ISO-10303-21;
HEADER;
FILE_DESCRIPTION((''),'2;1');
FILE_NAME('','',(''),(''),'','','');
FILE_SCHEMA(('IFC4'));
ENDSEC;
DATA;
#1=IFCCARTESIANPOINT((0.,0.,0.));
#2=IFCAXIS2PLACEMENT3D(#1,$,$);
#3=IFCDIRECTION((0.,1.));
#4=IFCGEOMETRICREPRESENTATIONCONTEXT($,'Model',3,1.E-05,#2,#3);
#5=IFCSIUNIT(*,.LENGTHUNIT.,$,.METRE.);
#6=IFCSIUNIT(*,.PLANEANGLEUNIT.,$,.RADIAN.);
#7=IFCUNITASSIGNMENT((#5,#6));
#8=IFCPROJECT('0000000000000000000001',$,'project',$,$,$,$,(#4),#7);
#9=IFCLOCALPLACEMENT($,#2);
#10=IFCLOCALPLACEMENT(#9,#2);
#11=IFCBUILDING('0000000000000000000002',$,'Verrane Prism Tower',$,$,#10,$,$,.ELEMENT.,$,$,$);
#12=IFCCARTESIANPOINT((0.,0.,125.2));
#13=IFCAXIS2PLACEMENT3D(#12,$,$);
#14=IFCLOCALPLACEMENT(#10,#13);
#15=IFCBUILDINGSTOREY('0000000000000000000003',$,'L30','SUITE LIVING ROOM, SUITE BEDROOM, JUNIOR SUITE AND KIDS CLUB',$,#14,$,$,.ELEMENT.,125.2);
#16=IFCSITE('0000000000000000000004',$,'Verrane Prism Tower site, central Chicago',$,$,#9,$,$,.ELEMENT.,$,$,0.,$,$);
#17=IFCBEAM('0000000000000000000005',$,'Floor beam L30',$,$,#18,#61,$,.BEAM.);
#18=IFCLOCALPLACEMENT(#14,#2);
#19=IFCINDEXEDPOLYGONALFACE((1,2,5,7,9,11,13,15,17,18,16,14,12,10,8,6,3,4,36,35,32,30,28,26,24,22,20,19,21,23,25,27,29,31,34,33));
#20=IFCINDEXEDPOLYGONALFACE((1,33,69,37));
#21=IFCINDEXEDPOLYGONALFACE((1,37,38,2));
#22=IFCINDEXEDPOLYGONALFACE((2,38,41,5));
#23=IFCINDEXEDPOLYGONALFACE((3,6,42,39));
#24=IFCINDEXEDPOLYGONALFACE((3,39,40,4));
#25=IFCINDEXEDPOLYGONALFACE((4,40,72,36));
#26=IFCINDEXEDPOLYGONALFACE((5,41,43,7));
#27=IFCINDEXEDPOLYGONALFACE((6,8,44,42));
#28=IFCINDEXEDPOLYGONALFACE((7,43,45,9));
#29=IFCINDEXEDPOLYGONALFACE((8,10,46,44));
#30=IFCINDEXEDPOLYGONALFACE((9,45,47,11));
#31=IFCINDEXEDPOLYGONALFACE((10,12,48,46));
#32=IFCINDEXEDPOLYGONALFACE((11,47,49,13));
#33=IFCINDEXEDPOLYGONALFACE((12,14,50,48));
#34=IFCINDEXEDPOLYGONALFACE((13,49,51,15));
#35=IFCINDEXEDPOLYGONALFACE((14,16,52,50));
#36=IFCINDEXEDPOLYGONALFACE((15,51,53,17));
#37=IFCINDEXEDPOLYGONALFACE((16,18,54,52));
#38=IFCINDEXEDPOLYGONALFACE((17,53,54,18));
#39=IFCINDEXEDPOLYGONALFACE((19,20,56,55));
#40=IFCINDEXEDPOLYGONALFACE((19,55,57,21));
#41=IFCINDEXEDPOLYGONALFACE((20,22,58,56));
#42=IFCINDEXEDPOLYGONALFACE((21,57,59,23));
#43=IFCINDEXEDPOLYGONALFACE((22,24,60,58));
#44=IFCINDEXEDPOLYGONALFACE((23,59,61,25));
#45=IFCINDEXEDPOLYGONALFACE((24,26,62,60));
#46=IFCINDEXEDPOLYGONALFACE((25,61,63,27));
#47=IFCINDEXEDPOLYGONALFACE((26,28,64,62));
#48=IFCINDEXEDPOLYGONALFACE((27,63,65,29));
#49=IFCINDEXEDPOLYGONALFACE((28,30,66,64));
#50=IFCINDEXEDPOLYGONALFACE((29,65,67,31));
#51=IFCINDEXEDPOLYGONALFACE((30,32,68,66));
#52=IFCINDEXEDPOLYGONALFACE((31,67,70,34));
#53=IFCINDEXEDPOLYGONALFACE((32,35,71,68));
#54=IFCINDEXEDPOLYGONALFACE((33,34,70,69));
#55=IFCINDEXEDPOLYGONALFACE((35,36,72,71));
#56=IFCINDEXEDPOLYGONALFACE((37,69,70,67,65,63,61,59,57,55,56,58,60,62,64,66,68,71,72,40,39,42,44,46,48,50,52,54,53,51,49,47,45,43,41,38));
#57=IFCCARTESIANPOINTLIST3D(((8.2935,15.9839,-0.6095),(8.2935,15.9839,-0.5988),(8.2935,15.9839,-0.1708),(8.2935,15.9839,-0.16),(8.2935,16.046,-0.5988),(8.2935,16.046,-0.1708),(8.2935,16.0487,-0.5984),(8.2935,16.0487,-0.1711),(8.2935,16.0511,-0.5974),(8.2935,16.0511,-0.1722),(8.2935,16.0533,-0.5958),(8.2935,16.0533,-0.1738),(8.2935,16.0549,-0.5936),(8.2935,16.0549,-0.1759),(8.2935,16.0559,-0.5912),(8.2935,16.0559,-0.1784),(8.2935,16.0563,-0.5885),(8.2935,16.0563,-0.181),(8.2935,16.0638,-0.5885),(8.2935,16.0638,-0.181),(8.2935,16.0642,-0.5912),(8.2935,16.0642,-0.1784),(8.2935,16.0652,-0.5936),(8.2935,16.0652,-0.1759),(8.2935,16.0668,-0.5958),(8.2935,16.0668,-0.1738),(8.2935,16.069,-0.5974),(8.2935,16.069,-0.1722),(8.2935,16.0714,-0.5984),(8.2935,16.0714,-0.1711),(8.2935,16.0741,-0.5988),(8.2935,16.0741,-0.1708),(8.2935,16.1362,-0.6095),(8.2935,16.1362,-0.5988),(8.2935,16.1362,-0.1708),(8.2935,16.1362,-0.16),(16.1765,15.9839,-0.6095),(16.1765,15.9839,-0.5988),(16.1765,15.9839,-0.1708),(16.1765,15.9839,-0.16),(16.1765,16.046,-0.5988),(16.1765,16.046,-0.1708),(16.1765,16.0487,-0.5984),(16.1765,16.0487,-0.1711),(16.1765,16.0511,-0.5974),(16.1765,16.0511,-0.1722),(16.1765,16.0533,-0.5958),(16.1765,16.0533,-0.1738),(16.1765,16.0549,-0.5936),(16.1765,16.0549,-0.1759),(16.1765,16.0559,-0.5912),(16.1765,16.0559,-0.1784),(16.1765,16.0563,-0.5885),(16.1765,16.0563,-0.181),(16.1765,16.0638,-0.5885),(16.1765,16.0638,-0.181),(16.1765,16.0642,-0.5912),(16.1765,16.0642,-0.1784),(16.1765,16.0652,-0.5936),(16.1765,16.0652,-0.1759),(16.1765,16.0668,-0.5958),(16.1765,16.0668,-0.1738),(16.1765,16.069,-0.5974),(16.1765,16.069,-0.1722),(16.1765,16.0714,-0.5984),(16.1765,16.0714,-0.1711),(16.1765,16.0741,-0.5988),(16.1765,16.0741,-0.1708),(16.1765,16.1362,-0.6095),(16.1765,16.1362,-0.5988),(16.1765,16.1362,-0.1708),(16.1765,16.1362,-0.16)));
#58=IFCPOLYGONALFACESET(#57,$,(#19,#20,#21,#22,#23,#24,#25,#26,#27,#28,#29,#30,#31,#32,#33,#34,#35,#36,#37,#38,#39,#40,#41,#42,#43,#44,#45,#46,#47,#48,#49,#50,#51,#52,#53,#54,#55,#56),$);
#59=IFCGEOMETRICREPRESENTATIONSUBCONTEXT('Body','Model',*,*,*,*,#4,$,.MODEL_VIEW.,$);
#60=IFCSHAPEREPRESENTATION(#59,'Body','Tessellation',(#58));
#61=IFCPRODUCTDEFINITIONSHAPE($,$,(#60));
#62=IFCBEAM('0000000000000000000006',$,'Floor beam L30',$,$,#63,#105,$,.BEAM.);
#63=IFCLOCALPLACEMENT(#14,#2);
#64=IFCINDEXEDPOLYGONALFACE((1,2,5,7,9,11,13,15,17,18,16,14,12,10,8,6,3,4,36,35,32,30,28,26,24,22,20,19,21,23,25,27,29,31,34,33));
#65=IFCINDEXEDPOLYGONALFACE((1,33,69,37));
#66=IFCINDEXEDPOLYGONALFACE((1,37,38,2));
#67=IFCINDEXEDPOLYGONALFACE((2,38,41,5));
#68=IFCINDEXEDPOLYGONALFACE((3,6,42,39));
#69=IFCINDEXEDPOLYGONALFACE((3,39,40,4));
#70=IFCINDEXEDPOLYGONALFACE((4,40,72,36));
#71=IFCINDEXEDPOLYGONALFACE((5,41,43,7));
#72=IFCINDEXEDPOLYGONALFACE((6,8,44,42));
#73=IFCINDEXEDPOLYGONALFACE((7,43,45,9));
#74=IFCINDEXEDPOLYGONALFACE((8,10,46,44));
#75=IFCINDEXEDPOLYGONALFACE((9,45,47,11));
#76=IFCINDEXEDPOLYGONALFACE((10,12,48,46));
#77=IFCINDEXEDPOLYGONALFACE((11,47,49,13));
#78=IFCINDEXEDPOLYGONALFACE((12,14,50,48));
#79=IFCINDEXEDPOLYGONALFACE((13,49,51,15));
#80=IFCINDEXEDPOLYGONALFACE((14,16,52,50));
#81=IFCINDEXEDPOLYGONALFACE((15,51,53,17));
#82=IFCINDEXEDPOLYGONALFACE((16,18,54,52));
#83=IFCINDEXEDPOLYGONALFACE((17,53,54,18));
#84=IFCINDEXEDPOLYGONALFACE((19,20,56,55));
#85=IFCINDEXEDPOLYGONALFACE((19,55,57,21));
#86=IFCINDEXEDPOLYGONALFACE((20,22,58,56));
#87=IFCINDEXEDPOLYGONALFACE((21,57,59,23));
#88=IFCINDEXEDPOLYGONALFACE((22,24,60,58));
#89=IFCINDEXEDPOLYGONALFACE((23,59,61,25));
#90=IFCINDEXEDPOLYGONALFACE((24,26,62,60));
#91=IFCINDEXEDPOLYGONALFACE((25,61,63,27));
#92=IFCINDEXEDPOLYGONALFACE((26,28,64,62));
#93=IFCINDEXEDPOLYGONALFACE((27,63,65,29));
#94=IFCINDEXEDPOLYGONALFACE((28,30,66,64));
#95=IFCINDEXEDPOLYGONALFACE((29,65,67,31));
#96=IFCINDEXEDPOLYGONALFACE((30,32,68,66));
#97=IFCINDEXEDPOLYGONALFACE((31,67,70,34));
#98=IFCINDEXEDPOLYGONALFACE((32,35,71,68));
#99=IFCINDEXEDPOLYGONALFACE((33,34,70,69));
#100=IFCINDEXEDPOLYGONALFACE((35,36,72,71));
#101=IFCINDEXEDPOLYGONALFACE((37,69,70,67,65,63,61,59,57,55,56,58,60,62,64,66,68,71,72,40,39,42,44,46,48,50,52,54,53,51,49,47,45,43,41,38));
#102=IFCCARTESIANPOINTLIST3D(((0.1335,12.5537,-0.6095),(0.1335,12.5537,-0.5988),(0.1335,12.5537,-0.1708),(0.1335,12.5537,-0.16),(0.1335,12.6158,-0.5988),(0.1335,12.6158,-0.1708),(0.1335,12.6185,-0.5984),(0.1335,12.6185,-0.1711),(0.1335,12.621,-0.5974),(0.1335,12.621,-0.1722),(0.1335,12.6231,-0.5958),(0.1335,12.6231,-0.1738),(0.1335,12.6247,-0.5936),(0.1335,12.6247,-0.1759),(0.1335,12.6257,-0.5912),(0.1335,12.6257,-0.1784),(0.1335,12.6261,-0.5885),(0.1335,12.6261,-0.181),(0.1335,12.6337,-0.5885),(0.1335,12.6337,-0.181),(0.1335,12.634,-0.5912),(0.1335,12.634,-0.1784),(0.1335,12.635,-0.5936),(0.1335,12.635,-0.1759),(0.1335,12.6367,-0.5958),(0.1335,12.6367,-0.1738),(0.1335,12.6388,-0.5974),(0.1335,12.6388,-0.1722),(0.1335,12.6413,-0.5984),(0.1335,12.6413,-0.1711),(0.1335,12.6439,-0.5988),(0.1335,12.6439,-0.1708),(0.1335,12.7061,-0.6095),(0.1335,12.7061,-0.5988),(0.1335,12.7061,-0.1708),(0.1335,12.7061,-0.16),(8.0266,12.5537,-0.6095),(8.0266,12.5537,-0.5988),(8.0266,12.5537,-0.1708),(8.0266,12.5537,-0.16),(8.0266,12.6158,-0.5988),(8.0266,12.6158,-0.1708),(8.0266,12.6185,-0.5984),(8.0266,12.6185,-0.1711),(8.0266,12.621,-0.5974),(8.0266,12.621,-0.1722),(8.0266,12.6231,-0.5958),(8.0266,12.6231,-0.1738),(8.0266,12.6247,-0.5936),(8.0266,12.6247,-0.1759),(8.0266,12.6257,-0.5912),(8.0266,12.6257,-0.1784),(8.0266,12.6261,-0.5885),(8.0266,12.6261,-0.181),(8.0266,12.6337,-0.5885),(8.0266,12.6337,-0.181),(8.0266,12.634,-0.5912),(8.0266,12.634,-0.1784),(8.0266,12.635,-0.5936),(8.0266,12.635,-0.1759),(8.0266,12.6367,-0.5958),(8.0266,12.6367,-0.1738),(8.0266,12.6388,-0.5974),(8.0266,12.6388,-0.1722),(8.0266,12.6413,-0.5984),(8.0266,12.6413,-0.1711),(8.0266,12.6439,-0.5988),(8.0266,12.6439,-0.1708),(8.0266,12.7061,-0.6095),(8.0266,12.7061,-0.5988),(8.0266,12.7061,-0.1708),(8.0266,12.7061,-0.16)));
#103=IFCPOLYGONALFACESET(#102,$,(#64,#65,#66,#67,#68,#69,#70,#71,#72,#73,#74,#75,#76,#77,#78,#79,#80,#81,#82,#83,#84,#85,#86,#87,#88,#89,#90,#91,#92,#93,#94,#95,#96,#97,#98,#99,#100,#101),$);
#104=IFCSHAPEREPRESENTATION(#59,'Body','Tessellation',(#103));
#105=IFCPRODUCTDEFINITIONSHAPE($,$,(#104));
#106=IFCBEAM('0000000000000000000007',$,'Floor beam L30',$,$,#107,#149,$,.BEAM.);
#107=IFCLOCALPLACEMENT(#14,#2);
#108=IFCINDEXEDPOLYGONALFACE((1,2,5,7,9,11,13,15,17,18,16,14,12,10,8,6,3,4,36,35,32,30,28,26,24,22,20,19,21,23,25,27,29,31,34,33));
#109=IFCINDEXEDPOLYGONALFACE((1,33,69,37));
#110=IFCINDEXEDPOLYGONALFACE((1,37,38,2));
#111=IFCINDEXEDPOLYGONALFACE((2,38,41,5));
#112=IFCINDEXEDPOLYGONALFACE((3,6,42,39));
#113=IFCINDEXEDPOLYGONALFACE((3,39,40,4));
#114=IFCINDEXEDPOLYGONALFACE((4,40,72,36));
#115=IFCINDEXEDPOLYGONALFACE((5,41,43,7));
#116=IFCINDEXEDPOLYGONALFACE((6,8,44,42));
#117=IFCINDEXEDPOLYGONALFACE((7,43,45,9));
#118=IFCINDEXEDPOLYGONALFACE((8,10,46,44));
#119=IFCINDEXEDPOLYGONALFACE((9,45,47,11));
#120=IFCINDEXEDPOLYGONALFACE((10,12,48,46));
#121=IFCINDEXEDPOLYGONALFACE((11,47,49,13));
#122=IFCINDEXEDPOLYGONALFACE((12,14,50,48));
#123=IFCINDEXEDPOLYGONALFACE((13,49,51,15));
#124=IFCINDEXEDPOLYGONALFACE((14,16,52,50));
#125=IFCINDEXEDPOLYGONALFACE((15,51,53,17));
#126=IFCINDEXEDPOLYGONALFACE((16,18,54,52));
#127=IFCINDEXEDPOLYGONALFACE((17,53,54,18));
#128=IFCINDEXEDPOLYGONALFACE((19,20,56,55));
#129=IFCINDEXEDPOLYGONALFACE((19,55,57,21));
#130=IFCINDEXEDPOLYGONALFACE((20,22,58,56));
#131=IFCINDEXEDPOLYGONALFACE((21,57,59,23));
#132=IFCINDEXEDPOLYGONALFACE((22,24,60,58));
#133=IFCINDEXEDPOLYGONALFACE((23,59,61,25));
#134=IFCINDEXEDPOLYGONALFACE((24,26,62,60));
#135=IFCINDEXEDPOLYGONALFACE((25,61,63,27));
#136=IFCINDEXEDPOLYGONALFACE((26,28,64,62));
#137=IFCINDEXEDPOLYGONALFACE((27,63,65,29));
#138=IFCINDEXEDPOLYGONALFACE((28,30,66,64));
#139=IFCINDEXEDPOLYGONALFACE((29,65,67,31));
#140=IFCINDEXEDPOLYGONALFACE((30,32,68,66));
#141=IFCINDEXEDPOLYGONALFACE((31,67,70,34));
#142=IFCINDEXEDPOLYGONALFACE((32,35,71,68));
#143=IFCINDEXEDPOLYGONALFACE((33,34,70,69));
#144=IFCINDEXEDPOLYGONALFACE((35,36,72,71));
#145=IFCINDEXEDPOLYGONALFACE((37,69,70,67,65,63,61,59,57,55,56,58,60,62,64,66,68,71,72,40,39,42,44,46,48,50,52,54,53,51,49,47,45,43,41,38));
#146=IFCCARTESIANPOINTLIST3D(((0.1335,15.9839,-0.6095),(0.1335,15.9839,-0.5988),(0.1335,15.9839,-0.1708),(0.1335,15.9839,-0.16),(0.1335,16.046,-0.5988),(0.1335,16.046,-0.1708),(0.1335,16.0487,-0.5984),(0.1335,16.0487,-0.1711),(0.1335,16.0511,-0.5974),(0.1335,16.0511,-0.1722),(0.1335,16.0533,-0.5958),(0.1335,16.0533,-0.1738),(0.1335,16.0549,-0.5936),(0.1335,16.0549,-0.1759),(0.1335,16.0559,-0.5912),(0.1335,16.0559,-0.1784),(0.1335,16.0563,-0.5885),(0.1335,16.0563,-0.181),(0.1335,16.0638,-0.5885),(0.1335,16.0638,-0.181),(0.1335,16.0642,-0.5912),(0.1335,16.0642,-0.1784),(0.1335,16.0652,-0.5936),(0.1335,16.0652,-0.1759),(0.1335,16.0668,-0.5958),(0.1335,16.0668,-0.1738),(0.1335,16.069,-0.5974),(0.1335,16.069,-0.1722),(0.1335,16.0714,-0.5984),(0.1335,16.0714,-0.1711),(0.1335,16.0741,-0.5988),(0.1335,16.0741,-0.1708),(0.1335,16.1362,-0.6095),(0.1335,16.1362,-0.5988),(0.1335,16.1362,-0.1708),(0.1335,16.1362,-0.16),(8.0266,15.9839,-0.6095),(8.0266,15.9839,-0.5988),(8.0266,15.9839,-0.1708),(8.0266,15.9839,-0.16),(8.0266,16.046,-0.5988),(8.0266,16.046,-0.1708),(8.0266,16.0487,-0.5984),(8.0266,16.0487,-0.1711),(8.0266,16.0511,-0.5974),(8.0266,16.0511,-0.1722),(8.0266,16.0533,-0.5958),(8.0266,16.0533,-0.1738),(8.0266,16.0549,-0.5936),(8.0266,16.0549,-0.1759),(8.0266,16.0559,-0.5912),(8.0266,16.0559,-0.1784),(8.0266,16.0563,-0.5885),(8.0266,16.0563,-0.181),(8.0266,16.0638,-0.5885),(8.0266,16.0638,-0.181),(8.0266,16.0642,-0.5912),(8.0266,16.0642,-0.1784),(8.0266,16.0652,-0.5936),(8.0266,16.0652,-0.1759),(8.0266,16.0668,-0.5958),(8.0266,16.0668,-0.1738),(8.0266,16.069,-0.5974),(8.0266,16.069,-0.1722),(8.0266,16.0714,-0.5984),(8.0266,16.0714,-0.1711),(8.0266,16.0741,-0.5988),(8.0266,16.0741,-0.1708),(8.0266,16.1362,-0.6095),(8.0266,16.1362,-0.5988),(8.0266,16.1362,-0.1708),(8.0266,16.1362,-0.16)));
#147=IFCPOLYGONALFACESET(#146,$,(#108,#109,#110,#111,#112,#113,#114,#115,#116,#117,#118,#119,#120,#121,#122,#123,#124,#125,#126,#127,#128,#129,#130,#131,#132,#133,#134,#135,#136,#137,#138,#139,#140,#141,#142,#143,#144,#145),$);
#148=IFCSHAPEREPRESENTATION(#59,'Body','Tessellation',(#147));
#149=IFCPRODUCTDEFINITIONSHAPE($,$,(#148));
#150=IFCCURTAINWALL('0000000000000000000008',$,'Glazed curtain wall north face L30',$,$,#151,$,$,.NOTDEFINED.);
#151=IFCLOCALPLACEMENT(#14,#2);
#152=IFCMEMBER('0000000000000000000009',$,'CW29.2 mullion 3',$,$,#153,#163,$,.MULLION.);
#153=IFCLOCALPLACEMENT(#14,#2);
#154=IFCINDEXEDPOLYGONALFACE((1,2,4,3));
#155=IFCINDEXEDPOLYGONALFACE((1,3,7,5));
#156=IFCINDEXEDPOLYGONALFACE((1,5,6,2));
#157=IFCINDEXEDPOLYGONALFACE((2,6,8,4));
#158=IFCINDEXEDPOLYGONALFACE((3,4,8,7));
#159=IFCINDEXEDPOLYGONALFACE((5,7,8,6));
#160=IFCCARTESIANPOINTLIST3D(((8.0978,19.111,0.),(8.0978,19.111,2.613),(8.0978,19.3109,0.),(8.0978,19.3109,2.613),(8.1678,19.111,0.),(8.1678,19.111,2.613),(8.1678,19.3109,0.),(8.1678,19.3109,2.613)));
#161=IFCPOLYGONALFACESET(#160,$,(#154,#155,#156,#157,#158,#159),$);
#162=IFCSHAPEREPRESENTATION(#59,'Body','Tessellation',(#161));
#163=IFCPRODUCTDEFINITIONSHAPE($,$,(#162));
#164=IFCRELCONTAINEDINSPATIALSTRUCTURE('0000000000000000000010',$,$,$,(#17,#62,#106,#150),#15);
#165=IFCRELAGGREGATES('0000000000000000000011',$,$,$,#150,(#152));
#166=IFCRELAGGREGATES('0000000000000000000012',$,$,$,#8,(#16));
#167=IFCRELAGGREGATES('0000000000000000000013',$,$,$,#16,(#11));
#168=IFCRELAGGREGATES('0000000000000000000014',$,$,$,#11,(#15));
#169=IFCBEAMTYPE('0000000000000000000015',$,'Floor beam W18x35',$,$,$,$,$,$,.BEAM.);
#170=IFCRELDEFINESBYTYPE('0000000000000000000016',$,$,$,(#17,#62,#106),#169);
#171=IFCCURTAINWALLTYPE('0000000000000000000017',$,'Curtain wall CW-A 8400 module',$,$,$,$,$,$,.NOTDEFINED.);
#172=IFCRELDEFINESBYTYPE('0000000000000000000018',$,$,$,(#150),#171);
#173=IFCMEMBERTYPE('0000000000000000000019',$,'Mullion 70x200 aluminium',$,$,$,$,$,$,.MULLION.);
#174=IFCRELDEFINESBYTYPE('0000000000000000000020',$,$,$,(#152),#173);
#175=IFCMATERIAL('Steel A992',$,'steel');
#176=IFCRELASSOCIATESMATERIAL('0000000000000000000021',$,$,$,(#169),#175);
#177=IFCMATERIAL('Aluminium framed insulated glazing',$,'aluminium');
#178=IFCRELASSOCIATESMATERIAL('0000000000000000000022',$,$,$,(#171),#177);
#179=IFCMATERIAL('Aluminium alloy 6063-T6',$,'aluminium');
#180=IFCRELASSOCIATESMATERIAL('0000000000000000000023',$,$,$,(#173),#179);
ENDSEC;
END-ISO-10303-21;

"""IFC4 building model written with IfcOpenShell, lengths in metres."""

from ifc_helpers import new_model, si_unit, direction, frame, origin, origin_2d, place, context, subcontext, project, spatial, rectangle, i_section, extrude, material, material_profile, profile_set, type_object, element, aggregate, save


model = new_model("IFC4")

# Units and contexts
model_context = context("Model", 3, precision=1e-05, world=origin(), true_north=direction((0.0, 1.0)))
body_context = subcontext(model_context, "Body", "Model", "MODEL_VIEW")
ifc_project = project(units=[si_unit("LENGTHUNIT", "METRE"), si_unit("PLANEANGLEUNIT", "RADIAN")], contexts=[model_context])

# Site, building, storey
site_placement = place(None, origin())
site = spatial("IfcSite", under=ifc_project, at=site_placement, Name="Verrane Prism Tower site, central Chicago", CompositionType="ELEMENT", RefElevation=0.0)
building_placement = place(site_placement, origin())
building = spatial("IfcBuilding", under=site, at=building_placement, Name="Verrane Prism Tower", CompositionType="ELEMENT")
storey_placement = place(building_placement, frame((0.0, 0.0, 125.2)))
storey = spatial("IfcBuildingStorey", under=building, at=storey_placement, Name="L30", Description="SUITE LIVING ROOM, SUITE BEDROOM, JUNIOR SUITE AND KIDS CLUB", CompositionType="ELEMENT", Elevation=125.2)

# Beams
ifc_material_1 = material(Name="Steel A992", Category="steel")
ifc_material_profile_1 = material_profile(ifc_material_1, i_section(OverallWidth=0.1523, OverallDepth=0.4495, WebThickness=0.0076, FlangeThickness=0.0107, FilletRadius=0.0103, at=origin_2d()), Name="W18x35")
ifc_profile_set_1 = profile_set([ifc_material_profile_1], Name="Steel A992")
beam_type_1 = type_object("IfcBeamType", Name="Floor beam W18x35", PredefinedType="BEAM", material=ifc_profile_set_1)
for number, where, z_axis, x_axis, name in (
    (1, (8.2935, 16.0601, -0.3848), (1.0, 0.0, 0.0), (0.0, 1.0, 0.0), "Floor beam L30"),
):
    element("IfcBeam", number, at=place(storey_placement, frame(where, z_axis=z_axis, x_axis=x_axis)), inside=storey, type_object=beam_type_1, Name=name, PredefinedType="BEAM", context=body_context, shape_type="SweptSolid", body=[
        extrude(i_section(OverallWidth=0.1523, OverallDepth=0.4495, WebThickness=0.0076, FlangeThickness=0.0107, FilletRadius=0.0103, at=origin_2d()), origin(), (0.0, 0.0, 1.0), 7.8831),
    ])
for number, where, z_axis, x_axis, name in (
    (2, (0.1335, 12.6299, -0.3848), (1.0, 0.0, 0.0), (0.0, 1.0, 0.0), "Floor beam L30"),
    (3, (0.1335, 16.0601, -0.3848), (1.0, 0.0, 0.0), (0.0, 1.0, 0.0), "Floor beam L30"),
):
    element("IfcBeam", number, at=place(storey_placement, frame(where, z_axis=z_axis, x_axis=x_axis)), inside=storey, type_object=beam_type_1, Name=name, PredefinedType="BEAM", context=body_context, shape_type="SweptSolid", body=[
        extrude(i_section(OverallWidth=0.1523, OverallDepth=0.4495, WebThickness=0.0076, FlangeThickness=0.0107, FilletRadius=0.0103, at=origin_2d()), origin(), (0.0, 0.0, 1.0), 7.8931),
    ])

# Curtain wall, member
ifc_material_2 = material(Name="Aluminium framed insulated glazing", Category="aluminium")
curtain_wall_type = type_object("IfcCurtainWallType", Name="Curtain wall CW-A 8400 module", PredefinedType="NOTDEFINED", material=ifc_material_2)
curtain_wall_placement = place(storey_placement, origin())
curtain_wall = element("IfcCurtainWall", 4, at=curtain_wall_placement, inside=storey, type_object=curtain_wall_type, Name="Glazed curtain wall north face L30", PredefinedType="NOTDEFINED")
ifc_material_3 = material(Name="Aluminium alloy 6063-T6", Category="aluminium")
ifc_material_profile_2 = material_profile(ifc_material_3, rectangle(XDim=0.2, YDim=0.0701, at=origin_2d()), Name="Mullion 70x200 aluminium")
ifc_profile_set_2 = profile_set([ifc_material_profile_2], Name="Aluminium alloy 6063-T6")
member_type_1 = type_object("IfcMemberType", Name="Mullion 70x200 aluminium", PredefinedType="MULLION", material=ifc_profile_set_2)
member_1_placement = place(storey_placement, frame((8.1328, 19.2109, 0.0), z_axis=(0.0, 0.0, 1.0), x_axis=(0.0, -1.0, 0.0)))
member_1 = element("IfcMember", 5, at=member_1_placement, type_object=member_type_1, Name="CW29.2 mullion 3", PredefinedType="MULLION", context=body_context, shape_type="SweptSolid", body=[
    extrude(rectangle(XDim=0.2, YDim=0.0701, at=origin_2d()), origin(), (0.0, 0.0, 1.0), 2.613),
])

aggregate(curtain_wall, [member_1])

save(model, "model.ifc")
